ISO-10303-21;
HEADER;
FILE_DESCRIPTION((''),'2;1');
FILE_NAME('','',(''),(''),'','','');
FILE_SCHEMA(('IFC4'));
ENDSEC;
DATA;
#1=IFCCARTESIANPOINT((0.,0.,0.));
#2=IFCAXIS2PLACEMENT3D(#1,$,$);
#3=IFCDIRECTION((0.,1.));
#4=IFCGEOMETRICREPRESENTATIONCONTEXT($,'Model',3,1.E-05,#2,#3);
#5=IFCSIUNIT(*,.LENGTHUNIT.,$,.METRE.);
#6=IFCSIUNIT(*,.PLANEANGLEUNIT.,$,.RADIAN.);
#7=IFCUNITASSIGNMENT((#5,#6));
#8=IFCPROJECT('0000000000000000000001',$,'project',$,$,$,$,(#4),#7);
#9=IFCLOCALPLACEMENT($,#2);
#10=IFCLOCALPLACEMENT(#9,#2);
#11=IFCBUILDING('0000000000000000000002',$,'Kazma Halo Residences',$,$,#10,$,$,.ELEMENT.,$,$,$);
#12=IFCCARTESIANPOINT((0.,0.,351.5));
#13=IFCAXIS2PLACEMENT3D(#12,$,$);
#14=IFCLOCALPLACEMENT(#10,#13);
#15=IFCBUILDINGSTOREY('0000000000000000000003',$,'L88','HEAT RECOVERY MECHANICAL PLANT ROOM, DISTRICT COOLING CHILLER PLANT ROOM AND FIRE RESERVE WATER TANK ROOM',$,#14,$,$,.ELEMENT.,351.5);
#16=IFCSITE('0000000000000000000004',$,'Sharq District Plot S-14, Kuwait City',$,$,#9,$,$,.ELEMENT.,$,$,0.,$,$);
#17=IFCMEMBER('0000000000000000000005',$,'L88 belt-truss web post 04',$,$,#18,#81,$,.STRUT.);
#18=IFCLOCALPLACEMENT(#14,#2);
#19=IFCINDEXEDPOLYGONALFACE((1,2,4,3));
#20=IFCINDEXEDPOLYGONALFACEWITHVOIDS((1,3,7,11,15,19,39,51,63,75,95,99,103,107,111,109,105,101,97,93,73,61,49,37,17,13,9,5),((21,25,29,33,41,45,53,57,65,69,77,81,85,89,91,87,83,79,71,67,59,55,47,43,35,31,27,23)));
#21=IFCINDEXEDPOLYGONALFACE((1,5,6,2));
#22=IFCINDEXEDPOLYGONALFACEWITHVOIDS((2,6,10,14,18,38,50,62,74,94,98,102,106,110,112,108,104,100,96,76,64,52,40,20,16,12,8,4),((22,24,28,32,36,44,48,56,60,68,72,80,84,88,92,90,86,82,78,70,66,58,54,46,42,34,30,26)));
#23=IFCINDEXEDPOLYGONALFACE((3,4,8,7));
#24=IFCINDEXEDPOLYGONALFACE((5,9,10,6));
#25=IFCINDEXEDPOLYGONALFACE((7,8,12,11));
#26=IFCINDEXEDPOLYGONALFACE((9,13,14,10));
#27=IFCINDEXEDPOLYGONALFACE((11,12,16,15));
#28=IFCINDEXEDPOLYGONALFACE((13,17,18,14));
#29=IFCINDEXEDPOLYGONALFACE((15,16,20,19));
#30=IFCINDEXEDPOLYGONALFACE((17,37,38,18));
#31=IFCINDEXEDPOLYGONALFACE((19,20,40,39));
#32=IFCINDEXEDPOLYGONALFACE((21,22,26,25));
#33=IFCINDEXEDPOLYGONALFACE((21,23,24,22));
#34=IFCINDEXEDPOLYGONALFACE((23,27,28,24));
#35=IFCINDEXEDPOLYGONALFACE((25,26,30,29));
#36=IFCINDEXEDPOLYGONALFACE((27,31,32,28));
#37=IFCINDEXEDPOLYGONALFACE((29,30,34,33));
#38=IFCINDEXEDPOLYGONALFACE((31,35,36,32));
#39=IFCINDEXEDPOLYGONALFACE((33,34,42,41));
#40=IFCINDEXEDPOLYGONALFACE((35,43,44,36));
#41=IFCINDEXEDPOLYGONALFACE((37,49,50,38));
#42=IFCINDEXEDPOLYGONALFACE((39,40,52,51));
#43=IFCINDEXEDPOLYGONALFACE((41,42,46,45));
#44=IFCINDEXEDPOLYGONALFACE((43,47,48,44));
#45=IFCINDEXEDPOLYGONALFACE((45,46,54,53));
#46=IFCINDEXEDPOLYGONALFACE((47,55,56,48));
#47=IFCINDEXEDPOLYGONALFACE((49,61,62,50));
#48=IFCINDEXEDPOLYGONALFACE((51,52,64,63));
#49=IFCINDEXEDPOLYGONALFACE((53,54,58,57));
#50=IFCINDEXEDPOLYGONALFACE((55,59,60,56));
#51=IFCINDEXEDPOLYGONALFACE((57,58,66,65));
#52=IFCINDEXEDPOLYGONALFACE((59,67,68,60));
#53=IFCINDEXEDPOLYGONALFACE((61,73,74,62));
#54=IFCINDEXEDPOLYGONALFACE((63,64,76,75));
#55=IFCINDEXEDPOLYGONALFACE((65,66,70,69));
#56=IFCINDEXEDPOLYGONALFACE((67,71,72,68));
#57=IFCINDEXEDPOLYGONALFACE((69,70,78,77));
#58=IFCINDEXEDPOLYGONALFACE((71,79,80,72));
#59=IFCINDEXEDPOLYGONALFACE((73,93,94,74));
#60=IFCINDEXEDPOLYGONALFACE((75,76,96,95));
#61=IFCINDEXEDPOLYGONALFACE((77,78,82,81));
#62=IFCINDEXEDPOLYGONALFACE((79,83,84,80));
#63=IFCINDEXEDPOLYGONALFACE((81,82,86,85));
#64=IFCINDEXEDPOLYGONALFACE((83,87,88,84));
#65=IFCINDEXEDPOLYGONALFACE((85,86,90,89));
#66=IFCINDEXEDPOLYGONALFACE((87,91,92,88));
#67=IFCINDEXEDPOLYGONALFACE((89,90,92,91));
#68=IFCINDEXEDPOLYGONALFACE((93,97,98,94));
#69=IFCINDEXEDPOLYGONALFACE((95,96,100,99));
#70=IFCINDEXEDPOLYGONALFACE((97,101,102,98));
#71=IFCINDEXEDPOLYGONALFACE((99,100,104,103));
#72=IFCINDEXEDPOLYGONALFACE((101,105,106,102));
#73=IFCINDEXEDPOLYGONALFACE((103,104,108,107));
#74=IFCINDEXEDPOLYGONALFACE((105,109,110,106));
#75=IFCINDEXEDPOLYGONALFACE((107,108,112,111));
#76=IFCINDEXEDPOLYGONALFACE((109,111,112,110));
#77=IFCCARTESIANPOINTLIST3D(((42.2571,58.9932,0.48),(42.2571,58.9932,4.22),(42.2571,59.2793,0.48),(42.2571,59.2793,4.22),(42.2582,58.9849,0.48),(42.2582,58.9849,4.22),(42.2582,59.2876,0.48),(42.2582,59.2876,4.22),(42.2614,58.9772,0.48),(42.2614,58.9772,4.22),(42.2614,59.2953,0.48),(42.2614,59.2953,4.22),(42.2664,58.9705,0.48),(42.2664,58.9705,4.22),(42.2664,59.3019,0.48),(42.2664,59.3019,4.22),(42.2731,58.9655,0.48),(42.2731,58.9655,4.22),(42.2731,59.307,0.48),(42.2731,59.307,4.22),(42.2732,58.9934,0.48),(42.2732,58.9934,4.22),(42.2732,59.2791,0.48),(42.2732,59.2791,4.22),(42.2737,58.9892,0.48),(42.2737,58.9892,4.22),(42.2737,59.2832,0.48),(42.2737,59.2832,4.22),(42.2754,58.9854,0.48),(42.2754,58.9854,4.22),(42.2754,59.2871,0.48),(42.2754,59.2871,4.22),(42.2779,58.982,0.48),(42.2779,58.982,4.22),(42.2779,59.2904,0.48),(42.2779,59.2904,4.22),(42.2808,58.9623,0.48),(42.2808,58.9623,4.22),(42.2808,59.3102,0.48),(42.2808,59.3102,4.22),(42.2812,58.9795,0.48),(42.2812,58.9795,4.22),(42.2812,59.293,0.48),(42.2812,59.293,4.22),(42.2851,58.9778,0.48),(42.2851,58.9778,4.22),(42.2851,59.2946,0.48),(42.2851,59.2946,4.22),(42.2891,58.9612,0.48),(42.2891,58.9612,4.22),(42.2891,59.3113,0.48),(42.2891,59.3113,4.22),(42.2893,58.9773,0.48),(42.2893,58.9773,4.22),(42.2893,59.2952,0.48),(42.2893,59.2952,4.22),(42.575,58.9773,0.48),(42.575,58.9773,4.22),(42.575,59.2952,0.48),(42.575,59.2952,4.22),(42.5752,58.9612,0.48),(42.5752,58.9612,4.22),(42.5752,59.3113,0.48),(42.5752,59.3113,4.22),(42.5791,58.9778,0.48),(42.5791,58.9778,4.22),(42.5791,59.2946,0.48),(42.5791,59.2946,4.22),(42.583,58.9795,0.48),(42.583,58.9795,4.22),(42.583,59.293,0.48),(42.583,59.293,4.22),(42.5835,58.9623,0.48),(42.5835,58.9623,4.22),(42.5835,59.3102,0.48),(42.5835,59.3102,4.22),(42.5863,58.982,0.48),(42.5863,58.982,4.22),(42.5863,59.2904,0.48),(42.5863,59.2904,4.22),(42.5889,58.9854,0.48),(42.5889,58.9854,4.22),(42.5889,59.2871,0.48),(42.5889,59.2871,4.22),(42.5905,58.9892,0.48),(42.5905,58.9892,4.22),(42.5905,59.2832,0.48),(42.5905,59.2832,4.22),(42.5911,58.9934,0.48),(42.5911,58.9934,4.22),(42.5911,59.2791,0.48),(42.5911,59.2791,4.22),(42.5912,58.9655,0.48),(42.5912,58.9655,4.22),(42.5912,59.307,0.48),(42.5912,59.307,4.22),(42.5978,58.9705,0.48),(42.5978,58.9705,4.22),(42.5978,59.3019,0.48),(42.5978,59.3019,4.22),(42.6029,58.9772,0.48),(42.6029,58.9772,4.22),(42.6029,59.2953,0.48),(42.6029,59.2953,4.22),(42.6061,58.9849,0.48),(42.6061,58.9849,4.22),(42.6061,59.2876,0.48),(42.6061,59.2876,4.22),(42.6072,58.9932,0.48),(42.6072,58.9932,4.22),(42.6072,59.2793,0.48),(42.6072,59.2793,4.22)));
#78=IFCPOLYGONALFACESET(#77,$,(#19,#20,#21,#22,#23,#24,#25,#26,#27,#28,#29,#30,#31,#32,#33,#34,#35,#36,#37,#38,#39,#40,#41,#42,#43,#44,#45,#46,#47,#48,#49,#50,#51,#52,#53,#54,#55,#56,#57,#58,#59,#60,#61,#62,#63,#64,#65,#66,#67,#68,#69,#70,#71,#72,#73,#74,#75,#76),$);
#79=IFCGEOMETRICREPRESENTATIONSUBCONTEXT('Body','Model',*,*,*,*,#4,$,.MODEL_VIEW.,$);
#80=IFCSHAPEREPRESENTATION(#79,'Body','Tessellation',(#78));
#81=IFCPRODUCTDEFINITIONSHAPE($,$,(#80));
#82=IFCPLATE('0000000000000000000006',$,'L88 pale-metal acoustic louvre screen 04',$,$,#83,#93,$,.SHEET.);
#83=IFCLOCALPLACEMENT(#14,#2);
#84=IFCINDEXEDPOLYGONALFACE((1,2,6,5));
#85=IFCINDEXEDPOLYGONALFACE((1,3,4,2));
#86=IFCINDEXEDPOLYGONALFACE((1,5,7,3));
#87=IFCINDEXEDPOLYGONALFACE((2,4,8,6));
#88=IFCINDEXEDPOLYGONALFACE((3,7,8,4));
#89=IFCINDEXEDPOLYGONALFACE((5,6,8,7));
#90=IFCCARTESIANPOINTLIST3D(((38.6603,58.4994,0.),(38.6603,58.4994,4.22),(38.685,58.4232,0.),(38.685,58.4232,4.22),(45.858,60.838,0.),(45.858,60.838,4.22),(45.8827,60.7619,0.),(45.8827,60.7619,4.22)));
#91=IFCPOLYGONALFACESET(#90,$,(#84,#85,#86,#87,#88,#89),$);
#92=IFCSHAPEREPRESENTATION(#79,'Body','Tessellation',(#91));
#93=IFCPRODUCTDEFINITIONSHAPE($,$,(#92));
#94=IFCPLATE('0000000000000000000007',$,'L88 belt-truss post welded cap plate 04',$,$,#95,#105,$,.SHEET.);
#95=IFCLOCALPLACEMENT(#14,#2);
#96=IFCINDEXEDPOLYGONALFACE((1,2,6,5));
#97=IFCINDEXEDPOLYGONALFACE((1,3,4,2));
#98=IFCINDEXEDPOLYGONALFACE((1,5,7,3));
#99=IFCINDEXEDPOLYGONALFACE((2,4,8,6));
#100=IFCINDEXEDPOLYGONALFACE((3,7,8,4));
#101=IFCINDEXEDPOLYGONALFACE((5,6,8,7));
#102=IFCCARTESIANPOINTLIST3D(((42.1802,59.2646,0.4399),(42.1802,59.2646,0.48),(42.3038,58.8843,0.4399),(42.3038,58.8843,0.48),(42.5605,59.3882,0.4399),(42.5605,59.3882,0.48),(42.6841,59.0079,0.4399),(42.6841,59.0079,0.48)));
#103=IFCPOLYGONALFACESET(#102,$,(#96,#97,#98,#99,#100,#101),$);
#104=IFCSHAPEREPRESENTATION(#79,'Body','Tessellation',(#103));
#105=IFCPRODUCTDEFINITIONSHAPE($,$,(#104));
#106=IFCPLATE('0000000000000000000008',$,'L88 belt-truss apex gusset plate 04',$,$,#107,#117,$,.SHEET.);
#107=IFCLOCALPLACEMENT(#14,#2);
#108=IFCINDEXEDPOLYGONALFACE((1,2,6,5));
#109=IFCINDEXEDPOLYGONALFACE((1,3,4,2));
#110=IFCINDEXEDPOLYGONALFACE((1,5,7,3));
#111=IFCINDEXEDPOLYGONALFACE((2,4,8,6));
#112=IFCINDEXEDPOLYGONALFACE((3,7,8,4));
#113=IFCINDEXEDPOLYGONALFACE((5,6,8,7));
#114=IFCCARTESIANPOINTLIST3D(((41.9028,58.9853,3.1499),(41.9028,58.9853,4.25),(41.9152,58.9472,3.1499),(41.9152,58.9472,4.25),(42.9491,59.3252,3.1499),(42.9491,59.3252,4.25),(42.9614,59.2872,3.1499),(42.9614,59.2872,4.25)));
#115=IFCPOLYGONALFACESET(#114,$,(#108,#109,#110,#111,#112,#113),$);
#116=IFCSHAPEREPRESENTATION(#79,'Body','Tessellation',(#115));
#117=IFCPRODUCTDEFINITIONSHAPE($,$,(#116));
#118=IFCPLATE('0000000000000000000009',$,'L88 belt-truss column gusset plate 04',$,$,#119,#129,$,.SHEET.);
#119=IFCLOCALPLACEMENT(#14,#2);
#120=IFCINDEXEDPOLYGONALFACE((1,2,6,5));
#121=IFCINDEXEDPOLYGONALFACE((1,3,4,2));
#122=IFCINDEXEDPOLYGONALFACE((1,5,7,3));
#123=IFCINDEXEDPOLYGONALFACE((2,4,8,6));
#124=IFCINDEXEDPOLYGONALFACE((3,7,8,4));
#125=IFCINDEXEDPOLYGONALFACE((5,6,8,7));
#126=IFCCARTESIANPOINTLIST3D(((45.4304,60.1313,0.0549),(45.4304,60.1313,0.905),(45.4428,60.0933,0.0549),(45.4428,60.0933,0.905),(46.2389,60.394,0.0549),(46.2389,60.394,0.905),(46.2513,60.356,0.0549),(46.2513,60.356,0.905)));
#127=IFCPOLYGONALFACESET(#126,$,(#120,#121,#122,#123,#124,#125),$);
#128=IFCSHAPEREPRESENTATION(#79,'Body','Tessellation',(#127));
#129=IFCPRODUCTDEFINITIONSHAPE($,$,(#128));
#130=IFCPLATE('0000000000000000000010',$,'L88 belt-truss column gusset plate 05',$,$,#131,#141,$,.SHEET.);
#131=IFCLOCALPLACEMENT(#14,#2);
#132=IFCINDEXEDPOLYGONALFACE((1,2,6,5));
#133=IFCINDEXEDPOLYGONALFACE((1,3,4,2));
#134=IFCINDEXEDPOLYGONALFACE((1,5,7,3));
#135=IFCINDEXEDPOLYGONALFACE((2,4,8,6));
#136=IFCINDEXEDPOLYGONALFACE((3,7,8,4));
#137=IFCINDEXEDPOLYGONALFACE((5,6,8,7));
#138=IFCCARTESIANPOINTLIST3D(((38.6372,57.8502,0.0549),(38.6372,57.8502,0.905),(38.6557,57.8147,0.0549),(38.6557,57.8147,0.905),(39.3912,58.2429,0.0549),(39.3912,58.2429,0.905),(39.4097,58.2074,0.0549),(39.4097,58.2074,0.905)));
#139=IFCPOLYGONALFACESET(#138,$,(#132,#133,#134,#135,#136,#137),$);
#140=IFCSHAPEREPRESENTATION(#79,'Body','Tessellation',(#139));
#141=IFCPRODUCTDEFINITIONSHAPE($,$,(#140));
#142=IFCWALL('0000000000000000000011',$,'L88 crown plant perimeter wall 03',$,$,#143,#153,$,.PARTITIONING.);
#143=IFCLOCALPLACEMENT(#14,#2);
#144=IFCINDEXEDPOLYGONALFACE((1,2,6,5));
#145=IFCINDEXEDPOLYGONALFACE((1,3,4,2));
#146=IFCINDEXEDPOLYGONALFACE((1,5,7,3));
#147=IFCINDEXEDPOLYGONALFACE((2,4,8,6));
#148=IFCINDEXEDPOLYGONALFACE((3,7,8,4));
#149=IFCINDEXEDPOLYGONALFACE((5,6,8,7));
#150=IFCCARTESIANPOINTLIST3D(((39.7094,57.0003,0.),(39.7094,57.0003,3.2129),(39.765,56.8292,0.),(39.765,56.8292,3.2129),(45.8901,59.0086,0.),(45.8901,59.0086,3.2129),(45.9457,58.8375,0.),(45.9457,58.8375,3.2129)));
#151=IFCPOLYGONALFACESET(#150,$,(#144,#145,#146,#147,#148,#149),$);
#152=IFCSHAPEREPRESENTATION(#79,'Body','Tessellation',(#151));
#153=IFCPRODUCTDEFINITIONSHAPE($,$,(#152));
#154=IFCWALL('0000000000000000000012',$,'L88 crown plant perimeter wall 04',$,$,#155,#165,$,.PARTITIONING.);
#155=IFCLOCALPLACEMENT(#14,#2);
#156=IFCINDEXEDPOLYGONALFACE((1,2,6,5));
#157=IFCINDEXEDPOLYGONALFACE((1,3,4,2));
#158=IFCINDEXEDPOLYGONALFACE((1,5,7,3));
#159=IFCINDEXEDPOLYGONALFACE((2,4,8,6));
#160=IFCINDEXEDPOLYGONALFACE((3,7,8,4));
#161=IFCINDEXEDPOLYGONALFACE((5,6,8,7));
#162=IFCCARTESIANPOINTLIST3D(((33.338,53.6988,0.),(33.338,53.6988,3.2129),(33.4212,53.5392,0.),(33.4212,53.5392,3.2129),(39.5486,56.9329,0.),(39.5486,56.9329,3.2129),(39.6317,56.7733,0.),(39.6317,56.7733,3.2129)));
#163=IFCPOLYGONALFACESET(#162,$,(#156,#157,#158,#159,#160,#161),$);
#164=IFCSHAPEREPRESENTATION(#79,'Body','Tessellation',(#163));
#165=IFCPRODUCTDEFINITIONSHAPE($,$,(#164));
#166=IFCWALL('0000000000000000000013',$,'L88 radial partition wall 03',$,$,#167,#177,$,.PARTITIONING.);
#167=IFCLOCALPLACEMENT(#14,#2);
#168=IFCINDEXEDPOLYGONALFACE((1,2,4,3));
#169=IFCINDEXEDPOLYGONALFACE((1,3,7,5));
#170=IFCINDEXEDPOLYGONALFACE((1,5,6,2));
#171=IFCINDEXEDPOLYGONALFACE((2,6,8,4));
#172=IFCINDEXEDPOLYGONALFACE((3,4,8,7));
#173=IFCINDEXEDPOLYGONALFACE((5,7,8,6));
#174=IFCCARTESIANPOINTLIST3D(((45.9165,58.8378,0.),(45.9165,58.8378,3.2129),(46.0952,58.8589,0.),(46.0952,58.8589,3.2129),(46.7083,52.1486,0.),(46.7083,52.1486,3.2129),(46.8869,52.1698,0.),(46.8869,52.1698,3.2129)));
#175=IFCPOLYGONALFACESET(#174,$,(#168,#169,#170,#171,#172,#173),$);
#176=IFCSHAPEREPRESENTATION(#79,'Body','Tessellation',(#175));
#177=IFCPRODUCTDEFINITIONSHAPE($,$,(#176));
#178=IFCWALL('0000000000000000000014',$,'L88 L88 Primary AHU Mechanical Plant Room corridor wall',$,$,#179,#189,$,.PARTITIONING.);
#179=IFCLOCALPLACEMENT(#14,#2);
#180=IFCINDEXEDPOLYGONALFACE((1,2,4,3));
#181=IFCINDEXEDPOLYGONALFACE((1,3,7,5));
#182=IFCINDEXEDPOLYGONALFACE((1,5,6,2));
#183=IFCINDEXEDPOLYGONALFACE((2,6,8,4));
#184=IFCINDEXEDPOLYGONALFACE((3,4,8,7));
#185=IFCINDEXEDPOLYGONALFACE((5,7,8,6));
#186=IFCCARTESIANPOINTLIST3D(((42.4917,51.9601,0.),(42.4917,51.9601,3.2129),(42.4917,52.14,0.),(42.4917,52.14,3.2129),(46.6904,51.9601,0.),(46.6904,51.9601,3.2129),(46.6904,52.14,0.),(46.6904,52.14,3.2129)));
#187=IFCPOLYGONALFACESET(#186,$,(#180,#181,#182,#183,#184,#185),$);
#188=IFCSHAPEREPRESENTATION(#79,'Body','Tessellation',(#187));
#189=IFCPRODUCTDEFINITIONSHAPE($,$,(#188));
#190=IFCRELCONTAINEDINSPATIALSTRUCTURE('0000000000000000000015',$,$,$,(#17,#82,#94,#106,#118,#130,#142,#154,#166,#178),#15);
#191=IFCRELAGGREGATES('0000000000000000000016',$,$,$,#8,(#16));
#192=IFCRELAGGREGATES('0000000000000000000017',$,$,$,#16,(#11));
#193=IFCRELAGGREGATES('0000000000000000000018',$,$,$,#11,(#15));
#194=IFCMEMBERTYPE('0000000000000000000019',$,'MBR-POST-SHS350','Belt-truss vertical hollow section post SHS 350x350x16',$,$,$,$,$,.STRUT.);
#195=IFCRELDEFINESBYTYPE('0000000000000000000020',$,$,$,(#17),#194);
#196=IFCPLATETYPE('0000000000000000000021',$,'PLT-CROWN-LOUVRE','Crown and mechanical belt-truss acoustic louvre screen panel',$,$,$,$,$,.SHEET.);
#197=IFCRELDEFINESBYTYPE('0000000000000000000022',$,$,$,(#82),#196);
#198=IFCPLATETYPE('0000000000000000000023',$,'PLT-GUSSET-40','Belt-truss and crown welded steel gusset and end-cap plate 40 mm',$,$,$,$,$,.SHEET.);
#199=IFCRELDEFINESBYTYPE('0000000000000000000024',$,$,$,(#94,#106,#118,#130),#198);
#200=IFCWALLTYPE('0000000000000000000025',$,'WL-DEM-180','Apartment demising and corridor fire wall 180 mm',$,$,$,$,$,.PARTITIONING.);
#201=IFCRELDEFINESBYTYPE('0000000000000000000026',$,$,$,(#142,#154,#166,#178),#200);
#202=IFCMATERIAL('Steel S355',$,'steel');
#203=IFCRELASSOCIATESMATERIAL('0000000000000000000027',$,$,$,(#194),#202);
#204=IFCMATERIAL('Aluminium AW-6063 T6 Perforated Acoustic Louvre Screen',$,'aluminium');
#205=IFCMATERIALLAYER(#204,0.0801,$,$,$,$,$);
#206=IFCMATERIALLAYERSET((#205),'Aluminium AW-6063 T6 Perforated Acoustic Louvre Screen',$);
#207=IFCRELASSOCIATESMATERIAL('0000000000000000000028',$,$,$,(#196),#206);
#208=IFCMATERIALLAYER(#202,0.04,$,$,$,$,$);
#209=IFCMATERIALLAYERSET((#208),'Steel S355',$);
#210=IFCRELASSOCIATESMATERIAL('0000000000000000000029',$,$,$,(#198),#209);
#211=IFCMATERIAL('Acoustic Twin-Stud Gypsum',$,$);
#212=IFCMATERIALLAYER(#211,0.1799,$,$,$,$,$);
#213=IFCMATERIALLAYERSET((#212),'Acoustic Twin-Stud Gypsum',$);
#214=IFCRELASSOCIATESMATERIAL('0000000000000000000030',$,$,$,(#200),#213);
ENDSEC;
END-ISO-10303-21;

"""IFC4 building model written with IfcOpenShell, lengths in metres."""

from ifc_helpers import new_model, si_unit, direction, frame, frame_2d, origin, origin_2d, place, context, subcontext, project, spatial, rectangle, hollow_rectangle, extrude, material, layer, layer_set, material_profile, profile_set, type_object, element, save


model = new_model("IFC4")

# Units and contexts
model_context = context("Model", 3, precision=1e-05, world=origin(), true_north=direction((0.0, 1.0)))
body_context = subcontext(model_context, "Body", "Model", "MODEL_VIEW")
ifc_project = project(units=[si_unit("LENGTHUNIT", "METRE"), si_unit("PLANEANGLEUNIT", "RADIAN")], contexts=[model_context])

# Site, building, storey
site_placement = place(None, origin())
site = spatial("IfcSite", under=ifc_project, at=site_placement, Name="Sharq District Plot S-14, Kuwait City", CompositionType="ELEMENT", RefElevation=0.0)
building_placement = place(site_placement, origin())
building = spatial("IfcBuilding", under=site, at=building_placement, Name="Kazma Halo Residences", CompositionType="ELEMENT")
storey_placement = place(building_placement, frame((0.0, 0.0, 351.5)))
storey = spatial("IfcBuildingStorey", under=building, at=storey_placement, Name="L88", Description="HEAT RECOVERY MECHANICAL PLANT ROOM, DISTRICT COOLING CHILLER PLANT ROOM AND FIRE RESERVE WATER TANK ROOM", CompositionType="ELEMENT", Elevation=351.5)

# Shared definitions
ifc_material_1 = material(Name="Steel S355", Category="steel")

# Member
ifc_material_profile_1 = material_profile(ifc_material_1, hollow_rectangle(XDim=0.3501, YDim=0.3501, WallThickness=0.0161, InnerFilletRadius=0.0161, OuterFilletRadius=0.032, at=origin_2d()), Name="SHS350x350x16")
ifc_profile_set_1 = profile_set([ifc_material_profile_1], Name="Steel S355")
member_type_1 = type_object("IfcMemberType", Name="MBR-POST-SHS350", Description="Belt-truss vertical hollow section post SHS 350x350x16", PredefinedType="STRUT", material=ifc_profile_set_1)
member_1_placement = place(storey_placement, frame((42.4321, 59.1362, 0.48), z_axis=(0.0, 0.0, 1.0), x_axis=(1.0, 0.0, 0.0)))
element("IfcMember", 1, at=member_1_placement, inside=storey, type_object=member_type_1, Name="L88 belt-truss web post 04", PredefinedType="STRUT", context=body_context, shape_type="SweptSolid", body=[
    extrude(hollow_rectangle(XDim=0.3501, YDim=0.3501, WallThickness=0.0161, InnerFilletRadius=0.0161, OuterFilletRadius=0.032, at=origin_2d()), origin(), (0.0, 0.0, 1.0), 3.74),
])

# Plates
ifc_material_2 = material(Name="Aluminium AW-6063 T6 Perforated Acoustic Louvre Screen", Category="aluminium")
ifc_layer_1 = layer(ifc_material_2, 0.0801)
ifc_layer_set_1 = layer_set([ifc_layer_1], Name="Aluminium AW-6063 T6 Perforated Acoustic Louvre Screen")
plate_type_1 = type_object("IfcPlateType", Name="PLT-CROWN-LOUVRE", Description="Crown and mechanical belt-truss acoustic louvre screen panel", PredefinedType="SHEET", material=ifc_layer_set_1)
plate_1_placement = place(storey_placement, frame((42.2715, 59.6306, 0.0), z_axis=(0.0, 0.0, 1.0), x_axis=(-0.951058, -0.309012, 0.0)))
element("IfcPlate", 2, at=plate_1_placement, inside=storey, type_object=plate_type_1, Name="L88 pale-metal acoustic louvre screen 04", PredefinedType="SHEET", context=body_context, shape_type="SweptSolid", body=[
    extrude(rectangle(XDim=7.5681, YDim=0.0801, at=origin_2d()), origin(), (0.0, 0.0, 1.0), 4.22),
])
ifc_layer_2 = layer(ifc_material_1, 0.04)
ifc_layer_set_2 = layer_set([ifc_layer_2], Name="Steel S355")
plate_type_2 = type_object("IfcPlateType", Name="PLT-GUSSET-40", Description="Belt-truss and crown welded steel gusset and end-cap plate 40 mm", PredefinedType="SHEET", material=ifc_layer_set_2)
plate_2_placement = place(storey_placement, frame((42.4321, 59.1362, 0.4399), z_axis=(0.0, 0.0, 1.0), x_axis=(-0.951058, -0.309012, 0.0)))
element("IfcPlate", 3, at=plate_2_placement, inside=storey, type_object=plate_type_2, Name="L88 belt-truss post welded cap plate 04", PredefinedType="SHEET", context=body_context, shape_type="SweptSolid", body=[
    extrude(rectangle(XDim=0.3999, YDim=0.3999, at=origin_2d()), origin(), (0.0, 0.0, 1.0), 0.04),
])
plate_3_placement = place(storey_placement, frame((42.4321, 59.1362, 3.1499), z_axis=(0.0, 0.0, 1.0), x_axis=(-0.951058, -0.309012, 0.0)))
element("IfcPlate", 4, at=plate_3_placement, inside=storey, type_object=plate_type_2, Name="L88 belt-truss apex gusset plate 04", PredefinedType="SHEET", context=body_context, shape_type="SweptSolid", body=[
    extrude(rectangle(XDim=1.1001, YDim=0.04, at=origin_2d()), origin(), (0.0, 0.0, 1.0), 1.1001),
])
for number, where, z_axis, x_axis, name in (
    (5, (45.8408, 60.2437, 0.0549), (0.0, 0.0, 1.0), (-0.951058, -0.309012, 0.0), "L88 belt-truss column gusset plate 04"),
    (6, (39.0234, 58.0288, 0.0549), (0.0, 0.0, 1.0), (-0.88695, -0.461866, 0.0), "L88 belt-truss column gusset plate 05"),
):
    element("IfcPlate", number, at=place(storey_placement, frame(where, z_axis=z_axis, x_axis=x_axis)), inside=storey, type_object=plate_type_2, Name=name, PredefinedType="SHEET", context=body_context, shape_type="SweptSolid", body=[
        extrude(rectangle(XDim=0.8501, YDim=0.04, at=origin_2d()), origin(), (0.0, 0.0, 1.0), 0.8501),
    ])

# Walls
ifc_material_3 = material(Name="Acoustic Twin-Stud Gypsum")
ifc_layer_3 = layer(ifc_material_3, 0.1799)
ifc_layer_set_3 = layer_set([ifc_layer_3], Name="Acoustic Twin-Stud Gypsum")
wall_type = type_object("IfcWallType", Name="WL-DEM-180", Description="Apartment demising and corridor fire wall 180 mm", PredefinedType="PARTITIONING", material=ifc_layer_set_3)
wall_1_placement = place(storey_placement, frame((45.918, 58.9231, 0.0), z_axis=(0.0, 0.0, 1.0), x_axis=(-0.951053, -0.309028, 0.0)))
element("IfcWall", 7, at=wall_1_placement, inside=storey, type_object=wall_type, Name="L88 crown plant perimeter wall 03", PredefinedType="PARTITIONING", context=body_context, shape_type="SweptSolid", body=[
    extrude(rectangle(XDim=6.4988, YDim=0.1799, at=frame_2d((3.2495, 0.0))), origin(), (0.0, 0.0, 1.0), 3.2129),
])
wall_2_placement = place(storey_placement, frame((39.5901, 56.853, 0.0), z_axis=(0.0, 0.0, 1.0), x_axis=(-0.886949, -0.461866, 0.0)))
element("IfcWall", 8, at=wall_2_placement, inside=storey, type_object=wall_type, Name="L88 crown plant perimeter wall 04", PredefinedType="PARTITIONING", context=body_context, shape_type="SweptSolid", body=[
    extrude(rectangle(XDim=7.0022, YDim=0.1799, at=frame_2d((3.501, 0.0))), origin(), (0.0, 0.0, 1.0), 3.2129),
])
wall_3_placement = place(storey_placement, frame((46.7976, 52.1592, 0.0), z_axis=(0.0, 0.0, 1.0), x_axis=(-0.117541, 0.993068, 0.0)))
element("IfcWall", 9, at=wall_3_placement, inside=storey, type_object=wall_type, Name="L88 radial partition wall 03", PredefinedType="PARTITIONING", context=body_context, shape_type="SweptSolid", body=[
    extrude(rectangle(XDim=6.7358, YDim=0.1799, at=frame_2d((3.3679, 0.0))), origin(), (0.0, 0.0, 1.0), 3.2129),
])
wall_4_placement = place(storey_placement, frame((46.6904, 52.05, 0.0), z_axis=(0.0, 0.0, 1.0), x_axis=(-1.0, 0.0, 0.0)))
element("IfcWall", 10, at=wall_4_placement, inside=storey, type_object=wall_type, Name="L88 L88 Primary AHU Mechanical Plant Room corridor wall", PredefinedType="PARTITIONING", context=body_context, shape_type="SweptSolid", body=[
    extrude(rectangle(XDim=4.1987, YDim=0.1799, at=frame_2d((2.0994, 0.0))), origin(), (0.0, 0.0, 1.0), 3.2129),
])

save(model, "model.ifc")
